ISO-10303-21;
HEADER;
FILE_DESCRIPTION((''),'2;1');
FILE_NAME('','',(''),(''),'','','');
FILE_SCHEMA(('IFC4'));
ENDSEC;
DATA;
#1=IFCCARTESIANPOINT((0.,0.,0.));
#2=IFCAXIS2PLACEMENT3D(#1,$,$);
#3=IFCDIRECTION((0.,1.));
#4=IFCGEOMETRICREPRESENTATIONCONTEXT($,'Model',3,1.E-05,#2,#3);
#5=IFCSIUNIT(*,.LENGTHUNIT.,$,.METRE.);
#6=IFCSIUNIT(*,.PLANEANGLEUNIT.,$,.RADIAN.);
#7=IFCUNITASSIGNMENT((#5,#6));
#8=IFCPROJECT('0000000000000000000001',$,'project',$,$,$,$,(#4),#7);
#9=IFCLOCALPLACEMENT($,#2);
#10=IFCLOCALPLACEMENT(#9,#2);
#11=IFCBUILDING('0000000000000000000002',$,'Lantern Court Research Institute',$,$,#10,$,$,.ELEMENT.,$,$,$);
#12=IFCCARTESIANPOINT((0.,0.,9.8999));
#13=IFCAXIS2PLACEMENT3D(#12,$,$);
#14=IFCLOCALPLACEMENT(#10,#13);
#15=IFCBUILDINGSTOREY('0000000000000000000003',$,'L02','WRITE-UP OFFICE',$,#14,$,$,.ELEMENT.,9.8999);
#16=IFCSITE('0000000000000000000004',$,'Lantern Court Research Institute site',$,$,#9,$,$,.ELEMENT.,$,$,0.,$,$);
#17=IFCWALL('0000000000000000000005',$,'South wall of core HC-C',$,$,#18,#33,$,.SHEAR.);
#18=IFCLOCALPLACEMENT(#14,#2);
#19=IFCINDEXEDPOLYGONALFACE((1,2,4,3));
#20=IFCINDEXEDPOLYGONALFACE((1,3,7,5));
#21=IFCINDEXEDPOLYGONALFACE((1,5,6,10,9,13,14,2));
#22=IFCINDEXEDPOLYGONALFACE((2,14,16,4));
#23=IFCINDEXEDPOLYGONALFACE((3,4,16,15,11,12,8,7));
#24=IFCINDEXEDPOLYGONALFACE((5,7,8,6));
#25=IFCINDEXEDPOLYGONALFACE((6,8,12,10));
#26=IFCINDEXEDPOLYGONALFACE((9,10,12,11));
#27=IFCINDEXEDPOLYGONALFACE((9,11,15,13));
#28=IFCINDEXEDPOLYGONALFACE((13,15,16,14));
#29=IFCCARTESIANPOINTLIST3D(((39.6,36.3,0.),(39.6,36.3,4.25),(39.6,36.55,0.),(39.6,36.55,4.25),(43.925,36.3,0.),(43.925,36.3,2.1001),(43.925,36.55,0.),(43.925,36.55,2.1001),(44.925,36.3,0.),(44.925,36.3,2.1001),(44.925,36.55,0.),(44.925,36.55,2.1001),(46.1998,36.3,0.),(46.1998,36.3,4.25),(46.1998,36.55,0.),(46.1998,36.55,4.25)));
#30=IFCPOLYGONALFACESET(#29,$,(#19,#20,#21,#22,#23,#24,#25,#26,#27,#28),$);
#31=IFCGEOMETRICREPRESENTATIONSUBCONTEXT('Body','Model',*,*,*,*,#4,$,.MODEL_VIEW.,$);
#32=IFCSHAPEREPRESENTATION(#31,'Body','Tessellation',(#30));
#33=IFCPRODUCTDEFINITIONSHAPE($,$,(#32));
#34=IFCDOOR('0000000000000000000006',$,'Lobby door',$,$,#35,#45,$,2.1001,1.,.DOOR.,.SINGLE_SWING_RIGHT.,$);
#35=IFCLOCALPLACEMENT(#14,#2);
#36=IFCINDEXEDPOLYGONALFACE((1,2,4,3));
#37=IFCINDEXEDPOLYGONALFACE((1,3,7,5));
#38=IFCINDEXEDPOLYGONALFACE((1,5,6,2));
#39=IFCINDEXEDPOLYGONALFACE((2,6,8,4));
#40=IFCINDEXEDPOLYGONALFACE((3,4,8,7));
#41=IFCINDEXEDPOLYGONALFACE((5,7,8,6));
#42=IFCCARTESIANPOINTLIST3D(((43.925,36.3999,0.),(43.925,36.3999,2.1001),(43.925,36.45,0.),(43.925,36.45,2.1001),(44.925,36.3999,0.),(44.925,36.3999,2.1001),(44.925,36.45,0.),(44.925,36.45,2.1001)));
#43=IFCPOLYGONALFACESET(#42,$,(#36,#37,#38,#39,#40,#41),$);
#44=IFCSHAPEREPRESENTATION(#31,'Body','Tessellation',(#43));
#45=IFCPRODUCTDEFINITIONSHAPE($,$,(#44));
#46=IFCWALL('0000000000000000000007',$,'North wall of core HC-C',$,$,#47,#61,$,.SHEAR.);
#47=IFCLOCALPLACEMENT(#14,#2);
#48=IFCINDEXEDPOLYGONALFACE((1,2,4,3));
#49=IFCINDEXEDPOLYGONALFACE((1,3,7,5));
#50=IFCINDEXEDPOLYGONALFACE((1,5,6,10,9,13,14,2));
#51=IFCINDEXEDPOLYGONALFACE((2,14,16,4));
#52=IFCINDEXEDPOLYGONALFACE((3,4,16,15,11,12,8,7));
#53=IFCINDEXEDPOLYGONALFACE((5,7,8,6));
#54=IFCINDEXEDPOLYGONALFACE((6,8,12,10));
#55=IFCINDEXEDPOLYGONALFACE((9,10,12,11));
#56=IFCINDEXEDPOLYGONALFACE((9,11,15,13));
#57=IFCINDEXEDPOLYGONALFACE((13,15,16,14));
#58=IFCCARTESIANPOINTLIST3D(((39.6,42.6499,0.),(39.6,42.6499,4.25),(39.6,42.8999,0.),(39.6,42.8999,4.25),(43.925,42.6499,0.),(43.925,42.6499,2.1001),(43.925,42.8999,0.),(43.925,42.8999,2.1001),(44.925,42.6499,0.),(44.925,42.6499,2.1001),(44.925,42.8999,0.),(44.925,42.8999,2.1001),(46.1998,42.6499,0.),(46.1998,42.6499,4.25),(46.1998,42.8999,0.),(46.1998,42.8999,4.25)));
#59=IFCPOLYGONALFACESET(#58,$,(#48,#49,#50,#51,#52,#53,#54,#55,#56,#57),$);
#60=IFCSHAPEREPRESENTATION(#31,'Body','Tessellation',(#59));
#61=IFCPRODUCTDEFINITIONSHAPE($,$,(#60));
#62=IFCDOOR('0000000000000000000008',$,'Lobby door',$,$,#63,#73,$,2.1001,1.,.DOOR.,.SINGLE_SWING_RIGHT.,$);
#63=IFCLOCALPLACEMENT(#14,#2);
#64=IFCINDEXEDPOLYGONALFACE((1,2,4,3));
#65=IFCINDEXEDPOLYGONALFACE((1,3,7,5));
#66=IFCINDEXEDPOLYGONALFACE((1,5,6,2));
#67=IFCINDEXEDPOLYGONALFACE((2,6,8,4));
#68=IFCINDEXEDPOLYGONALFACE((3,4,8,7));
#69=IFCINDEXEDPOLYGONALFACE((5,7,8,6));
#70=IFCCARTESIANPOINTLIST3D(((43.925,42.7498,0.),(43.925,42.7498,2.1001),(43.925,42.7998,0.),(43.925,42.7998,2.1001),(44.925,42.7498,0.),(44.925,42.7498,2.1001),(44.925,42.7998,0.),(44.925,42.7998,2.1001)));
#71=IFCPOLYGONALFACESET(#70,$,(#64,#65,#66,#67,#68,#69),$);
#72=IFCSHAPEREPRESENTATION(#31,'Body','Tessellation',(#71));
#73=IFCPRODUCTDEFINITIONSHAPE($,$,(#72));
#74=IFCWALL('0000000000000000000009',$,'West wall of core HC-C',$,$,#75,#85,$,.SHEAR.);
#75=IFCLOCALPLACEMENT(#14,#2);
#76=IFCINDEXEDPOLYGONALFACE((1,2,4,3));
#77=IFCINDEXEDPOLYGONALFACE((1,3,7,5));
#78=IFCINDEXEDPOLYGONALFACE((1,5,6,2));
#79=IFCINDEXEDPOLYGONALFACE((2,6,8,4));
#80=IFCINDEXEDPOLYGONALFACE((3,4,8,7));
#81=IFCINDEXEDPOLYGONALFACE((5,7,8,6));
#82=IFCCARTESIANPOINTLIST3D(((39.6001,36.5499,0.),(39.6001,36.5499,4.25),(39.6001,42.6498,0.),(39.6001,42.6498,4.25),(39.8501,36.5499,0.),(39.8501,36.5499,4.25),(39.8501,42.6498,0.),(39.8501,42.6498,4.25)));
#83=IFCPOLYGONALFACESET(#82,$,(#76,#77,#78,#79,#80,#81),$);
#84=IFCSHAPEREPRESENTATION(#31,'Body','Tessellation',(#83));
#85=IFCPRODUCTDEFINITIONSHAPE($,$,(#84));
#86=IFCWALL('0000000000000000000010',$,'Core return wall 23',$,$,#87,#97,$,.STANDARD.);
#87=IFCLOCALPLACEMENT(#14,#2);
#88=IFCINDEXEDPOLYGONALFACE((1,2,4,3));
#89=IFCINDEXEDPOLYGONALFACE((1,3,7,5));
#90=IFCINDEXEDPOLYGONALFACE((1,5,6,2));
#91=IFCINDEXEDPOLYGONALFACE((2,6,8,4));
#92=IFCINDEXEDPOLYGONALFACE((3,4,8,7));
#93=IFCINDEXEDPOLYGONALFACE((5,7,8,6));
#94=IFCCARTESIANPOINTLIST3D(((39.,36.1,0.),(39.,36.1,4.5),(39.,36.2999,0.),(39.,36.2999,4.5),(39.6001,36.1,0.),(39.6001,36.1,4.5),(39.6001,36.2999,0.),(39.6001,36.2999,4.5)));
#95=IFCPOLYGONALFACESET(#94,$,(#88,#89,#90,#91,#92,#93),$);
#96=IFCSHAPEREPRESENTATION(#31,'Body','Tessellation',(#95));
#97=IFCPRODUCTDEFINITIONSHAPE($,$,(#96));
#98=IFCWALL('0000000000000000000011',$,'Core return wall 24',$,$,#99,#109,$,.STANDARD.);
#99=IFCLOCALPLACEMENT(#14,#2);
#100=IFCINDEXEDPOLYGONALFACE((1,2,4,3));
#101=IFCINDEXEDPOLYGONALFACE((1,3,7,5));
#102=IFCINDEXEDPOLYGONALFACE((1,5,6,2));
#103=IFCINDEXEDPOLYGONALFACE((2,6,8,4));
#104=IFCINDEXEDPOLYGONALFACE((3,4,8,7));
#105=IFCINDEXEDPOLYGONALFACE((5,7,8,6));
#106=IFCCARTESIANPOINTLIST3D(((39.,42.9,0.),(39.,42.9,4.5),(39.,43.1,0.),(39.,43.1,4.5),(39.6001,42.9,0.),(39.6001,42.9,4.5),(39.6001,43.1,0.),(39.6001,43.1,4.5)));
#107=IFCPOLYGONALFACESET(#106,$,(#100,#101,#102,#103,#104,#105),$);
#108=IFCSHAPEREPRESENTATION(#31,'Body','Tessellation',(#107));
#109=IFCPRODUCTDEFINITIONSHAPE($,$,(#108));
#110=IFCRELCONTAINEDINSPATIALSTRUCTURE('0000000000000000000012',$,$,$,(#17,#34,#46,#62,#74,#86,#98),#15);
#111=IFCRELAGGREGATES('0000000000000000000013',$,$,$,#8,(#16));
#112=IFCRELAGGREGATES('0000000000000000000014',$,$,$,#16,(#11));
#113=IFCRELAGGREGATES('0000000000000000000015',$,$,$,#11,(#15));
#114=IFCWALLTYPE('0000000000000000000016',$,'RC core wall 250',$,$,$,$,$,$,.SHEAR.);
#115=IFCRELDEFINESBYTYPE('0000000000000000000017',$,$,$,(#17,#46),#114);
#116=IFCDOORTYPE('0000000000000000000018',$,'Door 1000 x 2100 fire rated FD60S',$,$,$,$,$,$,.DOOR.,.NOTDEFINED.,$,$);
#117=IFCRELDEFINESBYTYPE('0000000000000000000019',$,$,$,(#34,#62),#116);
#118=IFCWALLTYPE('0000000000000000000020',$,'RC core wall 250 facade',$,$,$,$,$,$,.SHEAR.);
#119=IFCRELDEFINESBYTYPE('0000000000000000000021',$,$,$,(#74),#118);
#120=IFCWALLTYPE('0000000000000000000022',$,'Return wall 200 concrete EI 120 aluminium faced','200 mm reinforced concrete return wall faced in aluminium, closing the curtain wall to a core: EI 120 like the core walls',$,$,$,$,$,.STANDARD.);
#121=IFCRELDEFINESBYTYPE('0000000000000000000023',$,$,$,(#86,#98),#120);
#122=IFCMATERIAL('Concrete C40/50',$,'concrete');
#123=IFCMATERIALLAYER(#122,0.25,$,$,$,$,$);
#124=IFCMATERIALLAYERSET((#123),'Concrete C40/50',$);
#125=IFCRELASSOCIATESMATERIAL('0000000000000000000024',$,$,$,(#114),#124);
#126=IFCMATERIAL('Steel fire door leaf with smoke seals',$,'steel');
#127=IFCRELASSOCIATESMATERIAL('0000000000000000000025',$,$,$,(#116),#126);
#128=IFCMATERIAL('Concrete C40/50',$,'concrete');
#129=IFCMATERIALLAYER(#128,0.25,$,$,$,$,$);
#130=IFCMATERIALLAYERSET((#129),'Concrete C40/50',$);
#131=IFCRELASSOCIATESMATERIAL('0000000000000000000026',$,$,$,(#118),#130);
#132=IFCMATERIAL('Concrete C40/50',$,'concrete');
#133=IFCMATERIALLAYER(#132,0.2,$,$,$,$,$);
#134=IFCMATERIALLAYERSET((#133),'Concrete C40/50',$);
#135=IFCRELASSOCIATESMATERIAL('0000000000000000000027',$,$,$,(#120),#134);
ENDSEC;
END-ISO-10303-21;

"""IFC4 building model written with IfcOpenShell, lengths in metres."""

from ifc_helpers import new_model, si_unit, direction, frame, frame_2d, origin, place, context, subcontext, project, spatial, rectangle, extrude, material, layer, layer_set, type_object, element, fill, save


model = new_model("IFC4")

# Units and contexts
model_context = context("Model", 3, precision=1e-05, world=origin(), true_north=direction((0.0, 1.0)))
body_context = subcontext(model_context, "Body", "Model", "MODEL_VIEW")
ifc_project = project(units=[si_unit("LENGTHUNIT", "METRE"), si_unit("PLANEANGLEUNIT", "RADIAN")], contexts=[model_context])

# Site, building, storey
site_placement = place(None, origin())
site = spatial("IfcSite", under=ifc_project, at=site_placement, Name="Lantern Court Research Institute site", CompositionType="ELEMENT", RefElevation=0.0)
building_placement = place(site_placement, origin())
building = spatial("IfcBuilding", under=site, at=building_placement, Name="Lantern Court Research Institute", CompositionType="ELEMENT")
storey_placement = place(building_placement, frame((0.0, 0.0, 9.8999)))
storey = spatial("IfcBuildingStorey", under=building, at=storey_placement, Name="L02", Description="WRITE-UP OFFICE", CompositionType="ELEMENT", Elevation=9.8999)

# Walls, openings, doors
ifc_material_1 = material(Name="Concrete C40/50", Category="concrete")
ifc_layer_1 = layer(ifc_material_1, 0.25)
ifc_layer_set_1 = layer_set([ifc_layer_1], Name="Concrete C40/50")
wall_type_1 = type_object("IfcWallType", Name="RC core wall 250", PredefinedType="SHEAR", material=ifc_layer_set_1)
wall_1_placement = place(storey_placement, frame((39.6001, 36.425, 0.0), z_axis=(0.0, 0.0, 1.0), x_axis=(1.0, 0.0, 0.0)))
wall_1 = element("IfcWall", 1, at=wall_1_placement, inside=storey, type_object=wall_type_1, Name="South wall of core HC-C", PredefinedType="SHEAR", context=body_context, shape_type="SweptSolid", body=[
    extrude(rectangle(XDim=6.5999, YDim=0.25, at=frame_2d((3.2998, 0.0))), origin(), (0.0, 0.0, 1.0), 4.25),
])
opening_1_placement = place(wall_1_placement, frame((4.325, 0.0, 0.0)))
opening_1 = element("IfcOpeningElement", 2, at=opening_1_placement, cuts=wall_1, PredefinedType="OPENING", context=body_context, shape_type="SweptSolid", body=[
    extrude(rectangle(XDim=1.0, YDim=2.1001, at=frame_2d((0.5, 1.05))), frame((0.0, 0.135, 0.0), z_axis=(0.0, -1.0, 0.0), x_axis=(1.0, 0.0, 0.0)), (0.0, 0.0, 1.0), 0.27),
])
ifc_material_2 = material(Name="Steel fire door leaf with smoke seals", Category="steel")
door_type = type_object("IfcDoorType", Name="Door 1000 x 2100 fire rated FD60S", OperationType="NOTDEFINED", PredefinedType="DOOR", material=ifc_material_2)
door_1_placement = place(opening_1_placement, origin())
door_1 = element("IfcDoor", 3, at=door_1_placement, inside=storey, type_object=door_type, Name="Lobby door", OperationType="SINGLE_SWING_RIGHT", OverallHeight=2.1001, OverallWidth=1.0, PredefinedType="DOOR", context=body_context, shape_type="SweptSolid", body=[
    extrude(rectangle(XDim=1.0, YDim=2.1001, at=frame_2d((0.5, 1.05))), frame((0.0, 0.0249, 0.0), z_axis=(0.0, -1.0, 0.0), x_axis=(1.0, 0.0, 0.0)), (0.0, 0.0, 1.0), 0.05),
])
fill(opening_1, door_1)
wall_2_placement = place(storey_placement, frame((39.6001, 42.7749, 0.0), z_axis=(0.0, 0.0, 1.0), x_axis=(1.0, 0.0, 0.0)))
wall_2 = element("IfcWall", 4, at=wall_2_placement, inside=storey, type_object=wall_type_1, Name="North wall of core HC-C", PredefinedType="SHEAR", context=body_context, shape_type="SweptSolid", body=[
    extrude(rectangle(XDim=6.5999, YDim=0.25, at=frame_2d((3.2998, 0.0))), origin(), (0.0, 0.0, 1.0), 4.25),
])
opening_2_placement = place(wall_2_placement, frame((4.325, 0.0, 0.0)))
opening_2 = element("IfcOpeningElement", 5, at=opening_2_placement, cuts=wall_2, PredefinedType="OPENING", context=body_context, shape_type="SweptSolid", body=[
    extrude(rectangle(XDim=1.0, YDim=2.1001, at=frame_2d((0.5, 1.05))), frame((0.0, 0.135, 0.0), z_axis=(0.0, -1.0, 0.0), x_axis=(1.0, 0.0, 0.0)), (0.0, 0.0, 1.0), 0.27),
])
door_2_placement = place(opening_2_placement, origin())
door_2 = element("IfcDoor", 6, at=door_2_placement, inside=storey, type_object=door_type, Name="Lobby door", OperationType="SINGLE_SWING_RIGHT", OverallHeight=2.1001, OverallWidth=1.0, PredefinedType="DOOR", context=body_context, shape_type="SweptSolid", body=[
    extrude(rectangle(XDim=1.0, YDim=2.1001, at=frame_2d((0.5, 1.05))), frame((0.0, 0.0249, 0.0), z_axis=(0.0, -1.0, 0.0), x_axis=(1.0, 0.0, 0.0)), (0.0, 0.0, 1.0), 0.05),
])
fill(opening_2, door_2)

# Walls
ifc_material_3 = material(Name="Concrete C40/50", Category="concrete")
ifc_layer_2 = layer(ifc_material_3, 0.25)
ifc_layer_set_2 = layer_set([ifc_layer_2], Name="Concrete C40/50")
wall_type_2 = type_object("IfcWallType", Name="RC core wall 250 facade", PredefinedType="SHEAR", material=ifc_layer_set_2)
wall_3_placement = place(storey_placement, frame((39.7251, 36.55, 0.0), z_axis=(0.0, 0.0, 1.0), x_axis=(0.0, 1.0, 0.0)))
element("IfcWall", 7, at=wall_3_placement, inside=storey, type_object=wall_type_2, Name="West wall of core HC-C", PredefinedType="SHEAR", context=body_context, shape_type="SweptSolid", body=[
    extrude(rectangle(XDim=6.0999, YDim=0.25, at=frame_2d((3.0498, 0.0))), origin(), (0.0, 0.0, 1.0), 4.25),
])
ifc_material_4 = material(Name="Concrete C40/50", Category="concrete")
ifc_layer_3 = layer(ifc_material_4, 0.2)
ifc_layer_set_3 = layer_set([ifc_layer_3], Name="Concrete C40/50")
wall_type_3 = type_object("IfcWallType", Name="Return wall 200 concrete EI 120 aluminium faced", Description="200 mm reinforced concrete return wall faced in aluminium, closing the curtain wall to a core: EI 120 like the core walls", PredefinedType="STANDARD", material=ifc_layer_set_3)
for number, where, z_axis, x_axis, name in (
    (8, (39.6001, 36.2, 0.0), (0.0, 0.0, 1.0), (-1.0, 0.0, 0.0), "Core return wall 23"),
    (9, (39.6001, 43.0, 0.0), (0.0, 0.0, 1.0), (-1.0, 0.0, 0.0), "Core return wall 24"),
):
    element("IfcWall", number, at=place(storey_placement, frame(where, z_axis=z_axis, x_axis=x_axis)), inside=storey, type_object=wall_type_3, Name=name, PredefinedType="STANDARD", context=body_context, shape_type="SweptSolid", body=[
        extrude(rectangle(XDim=0.6001, YDim=0.2, at=frame_2d((0.3, 0.0))), origin(), (0.0, 0.0, 1.0), 4.5),
    ])

save(model, "model.ifc")
